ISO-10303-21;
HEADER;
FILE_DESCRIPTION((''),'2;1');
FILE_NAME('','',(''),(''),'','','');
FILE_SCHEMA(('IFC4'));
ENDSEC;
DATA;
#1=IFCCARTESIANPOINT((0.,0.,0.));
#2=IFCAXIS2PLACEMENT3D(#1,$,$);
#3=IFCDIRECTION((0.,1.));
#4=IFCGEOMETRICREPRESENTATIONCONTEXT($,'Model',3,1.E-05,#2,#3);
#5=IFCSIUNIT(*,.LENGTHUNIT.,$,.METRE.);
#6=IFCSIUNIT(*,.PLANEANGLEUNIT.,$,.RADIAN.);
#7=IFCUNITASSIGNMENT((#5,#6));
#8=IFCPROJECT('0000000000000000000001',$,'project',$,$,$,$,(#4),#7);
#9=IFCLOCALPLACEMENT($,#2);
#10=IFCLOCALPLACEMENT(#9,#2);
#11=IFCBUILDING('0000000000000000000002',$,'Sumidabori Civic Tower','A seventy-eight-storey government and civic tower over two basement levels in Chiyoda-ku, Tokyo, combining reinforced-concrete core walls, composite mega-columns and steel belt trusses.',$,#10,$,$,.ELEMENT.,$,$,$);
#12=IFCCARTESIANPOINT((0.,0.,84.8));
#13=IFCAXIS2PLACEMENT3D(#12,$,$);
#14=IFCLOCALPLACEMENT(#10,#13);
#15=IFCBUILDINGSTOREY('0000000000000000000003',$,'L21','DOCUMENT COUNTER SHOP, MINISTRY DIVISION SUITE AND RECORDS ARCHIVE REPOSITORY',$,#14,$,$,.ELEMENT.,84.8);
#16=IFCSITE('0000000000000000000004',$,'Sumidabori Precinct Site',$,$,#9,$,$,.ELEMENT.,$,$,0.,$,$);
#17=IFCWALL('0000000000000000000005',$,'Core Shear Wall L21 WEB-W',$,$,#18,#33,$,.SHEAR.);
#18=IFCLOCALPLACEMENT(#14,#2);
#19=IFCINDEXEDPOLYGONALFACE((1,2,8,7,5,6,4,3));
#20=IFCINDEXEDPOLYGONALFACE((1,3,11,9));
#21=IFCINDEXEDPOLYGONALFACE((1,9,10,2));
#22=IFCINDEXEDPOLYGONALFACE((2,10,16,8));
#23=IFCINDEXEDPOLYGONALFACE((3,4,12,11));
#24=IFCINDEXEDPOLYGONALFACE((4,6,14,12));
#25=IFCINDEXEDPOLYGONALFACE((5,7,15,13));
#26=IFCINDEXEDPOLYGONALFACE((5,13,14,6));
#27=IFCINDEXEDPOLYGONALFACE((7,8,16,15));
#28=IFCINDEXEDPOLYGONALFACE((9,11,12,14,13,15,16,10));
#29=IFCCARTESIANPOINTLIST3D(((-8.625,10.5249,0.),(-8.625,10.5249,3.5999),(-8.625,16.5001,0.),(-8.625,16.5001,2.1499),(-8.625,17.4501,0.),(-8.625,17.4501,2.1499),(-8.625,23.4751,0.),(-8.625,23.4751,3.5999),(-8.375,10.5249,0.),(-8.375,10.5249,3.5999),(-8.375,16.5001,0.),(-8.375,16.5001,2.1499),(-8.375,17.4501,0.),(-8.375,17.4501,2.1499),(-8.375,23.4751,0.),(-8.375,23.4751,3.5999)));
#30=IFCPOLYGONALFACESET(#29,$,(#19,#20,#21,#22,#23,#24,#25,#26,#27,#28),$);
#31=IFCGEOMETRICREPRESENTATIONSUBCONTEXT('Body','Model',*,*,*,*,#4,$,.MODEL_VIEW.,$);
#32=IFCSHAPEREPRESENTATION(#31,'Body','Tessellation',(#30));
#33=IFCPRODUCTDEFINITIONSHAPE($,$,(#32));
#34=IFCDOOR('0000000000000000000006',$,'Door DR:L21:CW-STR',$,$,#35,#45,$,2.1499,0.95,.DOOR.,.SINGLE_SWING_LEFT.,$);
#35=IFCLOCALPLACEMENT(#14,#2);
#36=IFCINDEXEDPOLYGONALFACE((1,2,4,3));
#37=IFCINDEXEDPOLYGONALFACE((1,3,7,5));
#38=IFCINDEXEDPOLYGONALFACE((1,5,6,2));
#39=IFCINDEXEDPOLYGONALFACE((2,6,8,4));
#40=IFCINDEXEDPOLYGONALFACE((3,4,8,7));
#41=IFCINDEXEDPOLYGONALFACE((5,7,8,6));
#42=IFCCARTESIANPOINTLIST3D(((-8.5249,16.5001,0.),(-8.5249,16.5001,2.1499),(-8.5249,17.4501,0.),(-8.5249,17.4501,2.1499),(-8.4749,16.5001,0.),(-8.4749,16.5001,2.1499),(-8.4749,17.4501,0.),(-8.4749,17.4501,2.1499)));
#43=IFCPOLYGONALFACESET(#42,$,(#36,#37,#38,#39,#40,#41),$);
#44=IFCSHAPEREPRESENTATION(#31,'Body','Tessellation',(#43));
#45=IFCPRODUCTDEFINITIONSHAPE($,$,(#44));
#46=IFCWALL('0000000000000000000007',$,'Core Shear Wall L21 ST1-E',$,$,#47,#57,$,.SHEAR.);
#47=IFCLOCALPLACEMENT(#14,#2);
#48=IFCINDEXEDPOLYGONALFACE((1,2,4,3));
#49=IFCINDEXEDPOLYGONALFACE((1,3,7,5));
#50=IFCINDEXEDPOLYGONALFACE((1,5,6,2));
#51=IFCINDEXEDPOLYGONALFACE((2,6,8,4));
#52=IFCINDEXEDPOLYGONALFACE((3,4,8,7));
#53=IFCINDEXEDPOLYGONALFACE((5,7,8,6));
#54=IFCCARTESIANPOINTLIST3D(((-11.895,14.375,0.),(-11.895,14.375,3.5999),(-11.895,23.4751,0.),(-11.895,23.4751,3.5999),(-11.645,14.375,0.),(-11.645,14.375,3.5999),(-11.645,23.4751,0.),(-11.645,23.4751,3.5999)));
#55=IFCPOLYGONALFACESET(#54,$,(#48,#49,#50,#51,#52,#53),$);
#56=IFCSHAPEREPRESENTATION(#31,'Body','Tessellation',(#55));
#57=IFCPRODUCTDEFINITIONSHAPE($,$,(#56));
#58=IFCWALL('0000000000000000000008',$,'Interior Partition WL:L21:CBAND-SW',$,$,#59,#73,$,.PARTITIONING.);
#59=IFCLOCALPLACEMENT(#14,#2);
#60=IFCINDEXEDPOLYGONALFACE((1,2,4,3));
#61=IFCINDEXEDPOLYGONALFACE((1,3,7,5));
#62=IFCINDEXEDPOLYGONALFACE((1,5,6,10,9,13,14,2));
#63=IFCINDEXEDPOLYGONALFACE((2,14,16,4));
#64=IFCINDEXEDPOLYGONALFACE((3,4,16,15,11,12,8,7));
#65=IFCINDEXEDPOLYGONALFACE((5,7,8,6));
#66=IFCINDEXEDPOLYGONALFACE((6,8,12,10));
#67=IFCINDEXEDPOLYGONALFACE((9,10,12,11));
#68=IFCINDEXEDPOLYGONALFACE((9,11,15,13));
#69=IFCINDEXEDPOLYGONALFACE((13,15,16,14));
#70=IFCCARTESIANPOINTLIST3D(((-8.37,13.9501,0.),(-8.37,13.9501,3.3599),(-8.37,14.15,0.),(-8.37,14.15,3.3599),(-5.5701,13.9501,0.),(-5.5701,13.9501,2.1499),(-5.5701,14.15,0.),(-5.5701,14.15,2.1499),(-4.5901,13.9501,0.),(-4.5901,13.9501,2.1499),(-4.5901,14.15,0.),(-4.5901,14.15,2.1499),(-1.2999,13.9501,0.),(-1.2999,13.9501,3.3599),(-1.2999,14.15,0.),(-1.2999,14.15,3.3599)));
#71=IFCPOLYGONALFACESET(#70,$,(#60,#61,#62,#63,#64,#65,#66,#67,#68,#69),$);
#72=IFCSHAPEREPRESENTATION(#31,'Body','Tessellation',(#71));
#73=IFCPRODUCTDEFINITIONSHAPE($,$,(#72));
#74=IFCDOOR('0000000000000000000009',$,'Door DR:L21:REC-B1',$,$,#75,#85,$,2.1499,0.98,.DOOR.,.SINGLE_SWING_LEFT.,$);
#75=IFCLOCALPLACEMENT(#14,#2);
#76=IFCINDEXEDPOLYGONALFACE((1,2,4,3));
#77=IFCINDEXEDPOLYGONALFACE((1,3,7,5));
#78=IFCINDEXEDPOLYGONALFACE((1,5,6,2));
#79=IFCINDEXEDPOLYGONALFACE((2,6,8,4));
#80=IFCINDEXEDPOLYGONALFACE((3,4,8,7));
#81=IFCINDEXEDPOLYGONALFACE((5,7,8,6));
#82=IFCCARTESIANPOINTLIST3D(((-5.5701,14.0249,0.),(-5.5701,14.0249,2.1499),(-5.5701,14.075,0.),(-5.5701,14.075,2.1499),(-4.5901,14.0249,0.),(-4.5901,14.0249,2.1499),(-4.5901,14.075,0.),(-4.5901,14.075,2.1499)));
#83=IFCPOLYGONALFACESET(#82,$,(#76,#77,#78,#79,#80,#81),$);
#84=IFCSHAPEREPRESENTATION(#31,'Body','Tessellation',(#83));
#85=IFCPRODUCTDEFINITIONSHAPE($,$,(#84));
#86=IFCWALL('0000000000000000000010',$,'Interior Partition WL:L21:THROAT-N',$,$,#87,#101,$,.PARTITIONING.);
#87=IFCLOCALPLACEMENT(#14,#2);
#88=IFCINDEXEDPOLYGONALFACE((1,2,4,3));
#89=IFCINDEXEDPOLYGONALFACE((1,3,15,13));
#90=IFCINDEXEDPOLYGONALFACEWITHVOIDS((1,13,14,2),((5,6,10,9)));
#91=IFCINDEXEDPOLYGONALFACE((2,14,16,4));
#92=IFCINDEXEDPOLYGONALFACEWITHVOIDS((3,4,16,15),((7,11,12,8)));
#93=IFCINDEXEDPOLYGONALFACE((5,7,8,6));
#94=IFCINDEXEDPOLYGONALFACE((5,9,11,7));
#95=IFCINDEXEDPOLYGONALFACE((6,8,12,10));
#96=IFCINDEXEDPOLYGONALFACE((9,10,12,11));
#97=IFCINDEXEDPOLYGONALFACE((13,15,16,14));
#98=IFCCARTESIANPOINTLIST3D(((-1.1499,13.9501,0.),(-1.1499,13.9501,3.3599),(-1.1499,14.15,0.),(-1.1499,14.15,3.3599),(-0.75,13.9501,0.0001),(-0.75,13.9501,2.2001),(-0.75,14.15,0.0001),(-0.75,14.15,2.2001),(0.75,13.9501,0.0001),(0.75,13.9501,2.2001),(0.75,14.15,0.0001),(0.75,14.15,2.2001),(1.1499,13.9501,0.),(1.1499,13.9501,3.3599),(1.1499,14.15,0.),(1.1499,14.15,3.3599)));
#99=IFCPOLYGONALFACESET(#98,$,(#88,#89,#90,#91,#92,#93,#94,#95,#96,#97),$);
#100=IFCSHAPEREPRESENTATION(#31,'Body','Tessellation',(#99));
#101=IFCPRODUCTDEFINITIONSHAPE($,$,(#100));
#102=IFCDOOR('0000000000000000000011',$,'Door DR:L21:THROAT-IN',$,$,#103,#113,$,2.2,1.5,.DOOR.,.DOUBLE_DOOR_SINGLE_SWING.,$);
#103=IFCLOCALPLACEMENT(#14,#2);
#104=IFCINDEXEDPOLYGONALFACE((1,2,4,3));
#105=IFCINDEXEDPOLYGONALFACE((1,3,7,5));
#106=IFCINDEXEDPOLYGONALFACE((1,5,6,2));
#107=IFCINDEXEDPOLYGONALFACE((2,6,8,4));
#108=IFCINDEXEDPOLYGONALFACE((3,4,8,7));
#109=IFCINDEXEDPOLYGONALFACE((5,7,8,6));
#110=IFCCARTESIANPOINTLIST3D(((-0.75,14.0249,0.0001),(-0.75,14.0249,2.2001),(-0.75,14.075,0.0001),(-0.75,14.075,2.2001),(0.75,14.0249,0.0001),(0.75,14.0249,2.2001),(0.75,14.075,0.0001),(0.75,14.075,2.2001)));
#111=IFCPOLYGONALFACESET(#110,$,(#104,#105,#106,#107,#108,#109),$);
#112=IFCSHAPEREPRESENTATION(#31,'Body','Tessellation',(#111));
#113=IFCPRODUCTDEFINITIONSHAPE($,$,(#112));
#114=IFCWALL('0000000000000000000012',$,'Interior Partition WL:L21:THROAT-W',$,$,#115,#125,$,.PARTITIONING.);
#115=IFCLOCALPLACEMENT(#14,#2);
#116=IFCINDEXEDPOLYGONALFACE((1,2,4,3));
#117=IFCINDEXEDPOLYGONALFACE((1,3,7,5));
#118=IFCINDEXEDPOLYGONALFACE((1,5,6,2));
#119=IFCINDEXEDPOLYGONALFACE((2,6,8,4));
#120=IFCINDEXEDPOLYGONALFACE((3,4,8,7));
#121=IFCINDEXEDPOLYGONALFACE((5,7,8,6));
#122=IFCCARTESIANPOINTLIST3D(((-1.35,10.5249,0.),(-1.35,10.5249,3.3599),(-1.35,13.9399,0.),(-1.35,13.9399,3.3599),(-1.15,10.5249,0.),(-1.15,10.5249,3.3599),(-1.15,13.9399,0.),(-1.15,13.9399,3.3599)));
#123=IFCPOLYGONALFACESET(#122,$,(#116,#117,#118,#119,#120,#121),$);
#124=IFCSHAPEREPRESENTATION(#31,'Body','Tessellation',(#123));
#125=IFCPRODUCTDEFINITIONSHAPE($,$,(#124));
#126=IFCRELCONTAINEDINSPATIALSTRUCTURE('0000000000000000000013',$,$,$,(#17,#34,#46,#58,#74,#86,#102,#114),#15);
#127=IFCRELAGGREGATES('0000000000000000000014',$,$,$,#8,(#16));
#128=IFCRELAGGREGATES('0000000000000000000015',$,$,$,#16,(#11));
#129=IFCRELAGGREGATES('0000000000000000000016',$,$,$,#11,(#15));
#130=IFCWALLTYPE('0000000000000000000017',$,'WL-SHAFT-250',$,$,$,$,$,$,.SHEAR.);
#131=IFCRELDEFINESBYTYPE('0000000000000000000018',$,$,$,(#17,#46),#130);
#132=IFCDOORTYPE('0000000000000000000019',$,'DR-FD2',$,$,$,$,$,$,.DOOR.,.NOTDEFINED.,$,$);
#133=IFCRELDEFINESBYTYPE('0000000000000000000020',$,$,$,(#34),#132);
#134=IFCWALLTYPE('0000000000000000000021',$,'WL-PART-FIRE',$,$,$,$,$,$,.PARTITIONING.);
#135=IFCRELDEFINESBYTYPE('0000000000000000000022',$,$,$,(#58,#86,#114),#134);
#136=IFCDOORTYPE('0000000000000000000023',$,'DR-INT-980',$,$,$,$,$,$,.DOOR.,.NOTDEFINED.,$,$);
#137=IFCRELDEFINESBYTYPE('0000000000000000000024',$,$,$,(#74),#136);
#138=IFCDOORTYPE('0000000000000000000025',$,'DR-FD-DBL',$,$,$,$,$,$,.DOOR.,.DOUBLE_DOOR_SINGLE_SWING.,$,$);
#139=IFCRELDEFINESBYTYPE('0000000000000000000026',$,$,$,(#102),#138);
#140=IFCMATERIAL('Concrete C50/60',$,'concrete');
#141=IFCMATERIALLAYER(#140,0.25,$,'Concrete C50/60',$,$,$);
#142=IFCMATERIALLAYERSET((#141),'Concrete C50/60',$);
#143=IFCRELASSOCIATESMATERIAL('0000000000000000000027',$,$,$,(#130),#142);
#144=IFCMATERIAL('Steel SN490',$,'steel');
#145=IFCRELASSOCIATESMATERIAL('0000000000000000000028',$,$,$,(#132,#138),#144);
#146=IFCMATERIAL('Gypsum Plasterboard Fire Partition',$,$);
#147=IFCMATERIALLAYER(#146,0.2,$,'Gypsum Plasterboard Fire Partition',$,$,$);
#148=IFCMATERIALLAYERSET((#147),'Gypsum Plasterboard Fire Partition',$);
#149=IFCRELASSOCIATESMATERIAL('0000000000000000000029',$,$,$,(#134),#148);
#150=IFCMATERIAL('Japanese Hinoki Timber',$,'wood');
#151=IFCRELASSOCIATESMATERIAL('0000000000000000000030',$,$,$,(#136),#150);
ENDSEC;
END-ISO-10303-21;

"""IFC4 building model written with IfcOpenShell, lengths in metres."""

from ifc_helpers import new_model, si_unit, direction, frame, frame_2d, origin, place, context, subcontext, project, spatial, rectangle, extrude, source, transform, mapped, material, layer, layer_set, type_object, element, fill, save


model = new_model("IFC4")

# Units and contexts
model_context = context("Model", 3, precision=1e-05, world=origin(), true_north=direction((0.0, 1.0)))
body_context = subcontext(model_context, "Body", "Model", "MODEL_VIEW")
ifc_project = project(units=[si_unit("LENGTHUNIT", "METRE"), si_unit("PLANEANGLEUNIT", "RADIAN")], contexts=[model_context])

# Site, building, storey
site_placement = place(None, origin())
site = spatial("IfcSite", under=ifc_project, at=site_placement, Name="Sumidabori Precinct Site", CompositionType="ELEMENT", RefElevation=0.0)
building_placement = place(site_placement, origin())
building = spatial("IfcBuilding", under=site, at=building_placement, Name="Sumidabori Civic Tower", Description="A seventy-eight-storey government and civic tower over two basement levels in Chiyoda-ku, Tokyo, combining reinforced-concrete core walls, composite mega-columns and steel belt trusses.", CompositionType="ELEMENT")
storey_placement = place(building_placement, frame((0.0, 0.0, 84.8)))
storey = spatial("IfcBuildingStorey", under=building, at=storey_placement, Name="L21", Description="DOCUMENT COUNTER SHOP, MINISTRY DIVISION SUITE AND RECORDS ARCHIVE REPOSITORY", CompositionType="ELEMENT", Elevation=84.8)

# Shared definitions
ifc_material_1 = material(Name="Concrete C50/60", Category="concrete")

# Shared definitions
ifc_material_2 = material(Name="Steel SN490", Category="steel")

# Wall, opening, door
ifc_layer_1 = layer(ifc_material_1, 0.25, Name="Concrete C50/60")
ifc_layer_set_1 = layer_set([ifc_layer_1], Name="Concrete C50/60")
wall_type_1 = type_object("IfcWallType", Name="WL-SHAFT-250", PredefinedType="SHEAR", material=ifc_layer_set_1)
shared_shape_1 = source(origin(), body_context, "Body", "SweptSolid", [
    extrude(rectangle(XDim=12.9502, YDim=0.25, at=frame_2d((6.4751, 0.0))), origin(), (0.0, 0.0, 1.0), 3.5999),
])
wall_1_placement = place(storey_placement, frame((-8.5, 10.5249, 0.0), z_axis=(0.0, 0.0, 1.0), x_axis=(0.0, 1.0, 0.0)))
wall_1 = element("IfcWall", 1, at=wall_1_placement, inside=storey, type_object=wall_type_1, Name="Core Shear Wall L21 WEB-W", PredefinedType="SHEAR", context=body_context, shape_type="MappedRepresentation", body=[
    mapped(shared_shape_1, transform((0.0, 0.0, 0.0), x_axis=(1.0, 0.0, 0.0), y_axis=(0.0, 1.0, 0.0), z_axis=(0.0, 0.0, 1.0), scale=1.0)),
])
opening_1_placement = place(wall_1_placement, frame((5.9751, 0.0, 0.0)))
opening_1 = element("IfcOpeningElement", 2, at=opening_1_placement, cuts=wall_1, PredefinedType="OPENING", context=body_context, shape_type="SweptSolid", body=[
    extrude(rectangle(XDim=0.95, YDim=2.1499, at=frame_2d((0.4751, 1.075))), frame((0.0, 0.137, 0.0), z_axis=(0.0, -1.0, 0.0), x_axis=(1.0, 0.0, 0.0)), (0.0, 0.0, 1.0), 0.2739),
])
door_type_1 = type_object("IfcDoorType", Name="DR-FD2", OperationType="NOTDEFINED", PredefinedType="DOOR", material=ifc_material_2)
shared_shape_2 = source(origin(), body_context, "Body", "SweptSolid", [
    extrude(rectangle(XDim=0.95, YDim=2.1499, at=frame_2d((0.4751, 1.075))), frame((0.0, 0.0249, 0.0), z_axis=(0.0, -1.0, 0.0), x_axis=(1.0, 0.0, 0.0)), (0.0, 0.0, 1.0), 0.05),
])
door_1_placement = place(opening_1_placement, origin())
door_1 = element("IfcDoor", 3, at=door_1_placement, inside=storey, type_object=door_type_1, Name="Door DR:L21:CW-STR", OperationType="SINGLE_SWING_LEFT", OverallHeight=2.1499, OverallWidth=0.95, PredefinedType="DOOR", context=body_context, shape_type="MappedRepresentation", body=[
    mapped(shared_shape_2, transform((0.0, 0.0, 0.0), x_axis=(1.0, 0.0, 0.0), y_axis=(0.0, 1.0, 0.0), z_axis=(0.0, 0.0, 1.0), scale=1.0)),
])
fill(opening_1, door_1)

# Wall
shared_shape_3 = source(origin(), body_context, "Body", "SweptSolid", [
    extrude(rectangle(XDim=9.1001, YDim=0.25, at=frame_2d((4.55, 0.0))), origin(), (0.0, 0.0, 1.0), 3.5999),
])
wall_2_placement = place(storey_placement, frame((-11.77, 14.375, 0.0), z_axis=(0.0, 0.0, 1.0), x_axis=(0.0, 1.0, 0.0)))
element("IfcWall", 4, at=wall_2_placement, inside=storey, type_object=wall_type_1, Name="Core Shear Wall L21 ST1-E", PredefinedType="SHEAR", context=body_context, shape_type="MappedRepresentation", body=[
    mapped(shared_shape_3, transform((0.0, 0.0, 0.0), x_axis=(1.0, 0.0, 0.0), y_axis=(0.0, 1.0, 0.0), z_axis=(0.0, 0.0, 1.0), scale=1.0)),
])

# Walls, openings, doors
ifc_material_3 = material(Name="Gypsum Plasterboard Fire Partition")
ifc_layer_2 = layer(ifc_material_3, 0.2, Name="Gypsum Plasterboard Fire Partition")
ifc_layer_set_2 = layer_set([ifc_layer_2], Name="Gypsum Plasterboard Fire Partition")
wall_type_2 = type_object("IfcWallType", Name="WL-PART-FIRE", PredefinedType="PARTITIONING", material=ifc_layer_set_2)
shared_shape_4 = source(origin(), body_context, "Body", "SweptSolid", [
    extrude(rectangle(XDim=7.0701, YDim=0.2, at=frame_2d((3.5352, 0.0))), origin(), (0.0, 0.0, 1.0), 3.3599),
])
wall_3_placement = place(storey_placement, frame((-8.3701, 14.05, 0.0), z_axis=(0.0, 0.0, 1.0), x_axis=(1.0, 0.0, 0.0)))
wall_3 = element("IfcWall", 5, at=wall_3_placement, inside=storey, type_object=wall_type_2, Name="Interior Partition WL:L21:CBAND-SW", PredefinedType="PARTITIONING", context=body_context, shape_type="MappedRepresentation", body=[
    mapped(shared_shape_4, transform((0.0, 0.0, 0.0), x_axis=(1.0, 0.0, 0.0), y_axis=(0.0, 1.0, 0.0), z_axis=(0.0, 0.0, 1.0), scale=1.0)),
])
opening_2_placement = place(wall_3_placement, frame((2.8, 0.0, 0.0)))
opening_2 = element("IfcOpeningElement", 6, at=opening_2_placement, cuts=wall_3, PredefinedType="OPENING", context=body_context, shape_type="SweptSolid", body=[
    extrude(rectangle(XDim=0.98, YDim=2.1499, at=frame_2d((0.49, 1.075))), frame((0.0, 0.1118, 0.0), z_axis=(0.0, -1.0, 0.0), x_axis=(1.0, 0.0, 0.0)), (0.0, 0.0, 1.0), 0.2239),
])
ifc_material_4 = material(Name="Japanese Hinoki Timber", Category="wood")
door_type_2 = type_object("IfcDoorType", Name="DR-INT-980", OperationType="NOTDEFINED", PredefinedType="DOOR", material=ifc_material_4)
shared_shape_5 = source(origin(), body_context, "Body", "SweptSolid", [
    extrude(rectangle(XDim=0.98, YDim=2.1499, at=frame_2d((0.49, 1.075))), frame((0.0, 0.0249, 0.0), z_axis=(0.0, -1.0, 0.0), x_axis=(1.0, 0.0, 0.0)), (0.0, 0.0, 1.0), 0.05),
])
door_2_placement = place(opening_2_placement, origin())
door_2 = element("IfcDoor", 7, at=door_2_placement, inside=storey, type_object=door_type_2, Name="Door DR:L21:REC-B1", OperationType="SINGLE_SWING_LEFT", OverallHeight=2.1499, OverallWidth=0.98, PredefinedType="DOOR", context=body_context, shape_type="MappedRepresentation", body=[
    mapped(shared_shape_5, transform((0.0, 0.0, 0.0), x_axis=(1.0, 0.0, 0.0), y_axis=(0.0, 1.0, 0.0), z_axis=(0.0, 0.0, 1.0), scale=1.0)),
])
fill(opening_2, door_2)
shared_shape_6 = source(origin(), body_context, "Body", "SweptSolid", [
    extrude(rectangle(XDim=2.2998, YDim=0.2, at=frame_2d((1.1499, 0.0))), origin(), (0.0, 0.0, 1.0), 3.3599),
])
wall_4_placement = place(storey_placement, frame((-1.1499, 14.05, 0.0), z_axis=(0.0, 0.0, 1.0), x_axis=(1.0, 0.0, 0.0)))
wall_4 = element("IfcWall", 8, at=wall_4_placement, inside=storey, type_object=wall_type_2, Name="Interior Partition WL:L21:THROAT-N", PredefinedType="PARTITIONING", context=body_context, shape_type="MappedRepresentation", body=[
    mapped(shared_shape_6, transform((0.0, 0.0, 0.0), x_axis=(1.0, 0.0, 0.0), y_axis=(0.0, 1.0, 0.0), z_axis=(0.0, 0.0, 1.0), scale=1.0)),
])
opening_3_placement = place(wall_4_placement, frame((0.3999, 0.0, 0.0)))
opening_3 = element("IfcOpeningElement", 9, at=opening_3_placement, cuts=wall_4, PredefinedType="OPENING", context=body_context, shape_type="SweptSolid", body=[
    extrude(rectangle(XDim=1.5, YDim=2.2, at=frame_2d((0.75, 1.1001))), frame((0.0, 0.1118, 0.0), z_axis=(0.0, -1.0, 0.0), x_axis=(1.0, 0.0, 0.0)), (0.0, 0.0, 1.0), 0.2239),
])
door_type_3 = type_object("IfcDoorType", Name="DR-FD-DBL", OperationType="DOUBLE_DOOR_SINGLE_SWING", PredefinedType="DOOR", material=ifc_material_2)
shared_shape_7 = source(origin(), body_context, "Body", "SweptSolid", [
    extrude(rectangle(XDim=1.5, YDim=2.2, at=frame_2d((0.75, 1.1001))), frame((0.0, 0.0249, 0.0), z_axis=(0.0, -1.0, 0.0), x_axis=(1.0, 0.0, 0.0)), (0.0, 0.0, 1.0), 0.05),
])
door_3_placement = place(opening_3_placement, origin())
door_3 = element("IfcDoor", 10, at=door_3_placement, inside=storey, type_object=door_type_3, Name="Door DR:L21:THROAT-IN", OperationType="DOUBLE_DOOR_SINGLE_SWING", OverallHeight=2.2, OverallWidth=1.5, PredefinedType="DOOR", context=body_context, shape_type="MappedRepresentation", body=[
    mapped(shared_shape_7, transform((0.0, 0.0, 0.0), x_axis=(1.0, 0.0, 0.0), y_axis=(0.0, 1.0, 0.0), z_axis=(0.0, 0.0, 1.0), scale=1.0)),
])
fill(opening_3, door_3)

# Wall
shared_shape_8 = source(origin(), body_context, "Body", "SweptSolid", [
    extrude(rectangle(XDim=3.415, YDim=0.2, at=frame_2d((1.7075, 0.0))), origin(), (0.0, 0.0, 1.0), 3.3599),
])
wall_5_placement = place(storey_placement, frame((-1.25, 10.5249, 0.0), z_axis=(0.0, 0.0, 1.0), x_axis=(0.0, 1.0, 0.0)))
element("IfcWall", 11, at=wall_5_placement, inside=storey, type_object=wall_type_2, Name="Interior Partition WL:L21:THROAT-W", PredefinedType="PARTITIONING", context=body_context, shape_type="MappedRepresentation", body=[
    mapped(shared_shape_8, transform((0.0, 0.0, 0.0), x_axis=(1.0, 0.0, 0.0), y_axis=(0.0, 1.0, 0.0), z_axis=(0.0, 0.0, 1.0), scale=1.0)),
])

save(model, "model.ifc")
